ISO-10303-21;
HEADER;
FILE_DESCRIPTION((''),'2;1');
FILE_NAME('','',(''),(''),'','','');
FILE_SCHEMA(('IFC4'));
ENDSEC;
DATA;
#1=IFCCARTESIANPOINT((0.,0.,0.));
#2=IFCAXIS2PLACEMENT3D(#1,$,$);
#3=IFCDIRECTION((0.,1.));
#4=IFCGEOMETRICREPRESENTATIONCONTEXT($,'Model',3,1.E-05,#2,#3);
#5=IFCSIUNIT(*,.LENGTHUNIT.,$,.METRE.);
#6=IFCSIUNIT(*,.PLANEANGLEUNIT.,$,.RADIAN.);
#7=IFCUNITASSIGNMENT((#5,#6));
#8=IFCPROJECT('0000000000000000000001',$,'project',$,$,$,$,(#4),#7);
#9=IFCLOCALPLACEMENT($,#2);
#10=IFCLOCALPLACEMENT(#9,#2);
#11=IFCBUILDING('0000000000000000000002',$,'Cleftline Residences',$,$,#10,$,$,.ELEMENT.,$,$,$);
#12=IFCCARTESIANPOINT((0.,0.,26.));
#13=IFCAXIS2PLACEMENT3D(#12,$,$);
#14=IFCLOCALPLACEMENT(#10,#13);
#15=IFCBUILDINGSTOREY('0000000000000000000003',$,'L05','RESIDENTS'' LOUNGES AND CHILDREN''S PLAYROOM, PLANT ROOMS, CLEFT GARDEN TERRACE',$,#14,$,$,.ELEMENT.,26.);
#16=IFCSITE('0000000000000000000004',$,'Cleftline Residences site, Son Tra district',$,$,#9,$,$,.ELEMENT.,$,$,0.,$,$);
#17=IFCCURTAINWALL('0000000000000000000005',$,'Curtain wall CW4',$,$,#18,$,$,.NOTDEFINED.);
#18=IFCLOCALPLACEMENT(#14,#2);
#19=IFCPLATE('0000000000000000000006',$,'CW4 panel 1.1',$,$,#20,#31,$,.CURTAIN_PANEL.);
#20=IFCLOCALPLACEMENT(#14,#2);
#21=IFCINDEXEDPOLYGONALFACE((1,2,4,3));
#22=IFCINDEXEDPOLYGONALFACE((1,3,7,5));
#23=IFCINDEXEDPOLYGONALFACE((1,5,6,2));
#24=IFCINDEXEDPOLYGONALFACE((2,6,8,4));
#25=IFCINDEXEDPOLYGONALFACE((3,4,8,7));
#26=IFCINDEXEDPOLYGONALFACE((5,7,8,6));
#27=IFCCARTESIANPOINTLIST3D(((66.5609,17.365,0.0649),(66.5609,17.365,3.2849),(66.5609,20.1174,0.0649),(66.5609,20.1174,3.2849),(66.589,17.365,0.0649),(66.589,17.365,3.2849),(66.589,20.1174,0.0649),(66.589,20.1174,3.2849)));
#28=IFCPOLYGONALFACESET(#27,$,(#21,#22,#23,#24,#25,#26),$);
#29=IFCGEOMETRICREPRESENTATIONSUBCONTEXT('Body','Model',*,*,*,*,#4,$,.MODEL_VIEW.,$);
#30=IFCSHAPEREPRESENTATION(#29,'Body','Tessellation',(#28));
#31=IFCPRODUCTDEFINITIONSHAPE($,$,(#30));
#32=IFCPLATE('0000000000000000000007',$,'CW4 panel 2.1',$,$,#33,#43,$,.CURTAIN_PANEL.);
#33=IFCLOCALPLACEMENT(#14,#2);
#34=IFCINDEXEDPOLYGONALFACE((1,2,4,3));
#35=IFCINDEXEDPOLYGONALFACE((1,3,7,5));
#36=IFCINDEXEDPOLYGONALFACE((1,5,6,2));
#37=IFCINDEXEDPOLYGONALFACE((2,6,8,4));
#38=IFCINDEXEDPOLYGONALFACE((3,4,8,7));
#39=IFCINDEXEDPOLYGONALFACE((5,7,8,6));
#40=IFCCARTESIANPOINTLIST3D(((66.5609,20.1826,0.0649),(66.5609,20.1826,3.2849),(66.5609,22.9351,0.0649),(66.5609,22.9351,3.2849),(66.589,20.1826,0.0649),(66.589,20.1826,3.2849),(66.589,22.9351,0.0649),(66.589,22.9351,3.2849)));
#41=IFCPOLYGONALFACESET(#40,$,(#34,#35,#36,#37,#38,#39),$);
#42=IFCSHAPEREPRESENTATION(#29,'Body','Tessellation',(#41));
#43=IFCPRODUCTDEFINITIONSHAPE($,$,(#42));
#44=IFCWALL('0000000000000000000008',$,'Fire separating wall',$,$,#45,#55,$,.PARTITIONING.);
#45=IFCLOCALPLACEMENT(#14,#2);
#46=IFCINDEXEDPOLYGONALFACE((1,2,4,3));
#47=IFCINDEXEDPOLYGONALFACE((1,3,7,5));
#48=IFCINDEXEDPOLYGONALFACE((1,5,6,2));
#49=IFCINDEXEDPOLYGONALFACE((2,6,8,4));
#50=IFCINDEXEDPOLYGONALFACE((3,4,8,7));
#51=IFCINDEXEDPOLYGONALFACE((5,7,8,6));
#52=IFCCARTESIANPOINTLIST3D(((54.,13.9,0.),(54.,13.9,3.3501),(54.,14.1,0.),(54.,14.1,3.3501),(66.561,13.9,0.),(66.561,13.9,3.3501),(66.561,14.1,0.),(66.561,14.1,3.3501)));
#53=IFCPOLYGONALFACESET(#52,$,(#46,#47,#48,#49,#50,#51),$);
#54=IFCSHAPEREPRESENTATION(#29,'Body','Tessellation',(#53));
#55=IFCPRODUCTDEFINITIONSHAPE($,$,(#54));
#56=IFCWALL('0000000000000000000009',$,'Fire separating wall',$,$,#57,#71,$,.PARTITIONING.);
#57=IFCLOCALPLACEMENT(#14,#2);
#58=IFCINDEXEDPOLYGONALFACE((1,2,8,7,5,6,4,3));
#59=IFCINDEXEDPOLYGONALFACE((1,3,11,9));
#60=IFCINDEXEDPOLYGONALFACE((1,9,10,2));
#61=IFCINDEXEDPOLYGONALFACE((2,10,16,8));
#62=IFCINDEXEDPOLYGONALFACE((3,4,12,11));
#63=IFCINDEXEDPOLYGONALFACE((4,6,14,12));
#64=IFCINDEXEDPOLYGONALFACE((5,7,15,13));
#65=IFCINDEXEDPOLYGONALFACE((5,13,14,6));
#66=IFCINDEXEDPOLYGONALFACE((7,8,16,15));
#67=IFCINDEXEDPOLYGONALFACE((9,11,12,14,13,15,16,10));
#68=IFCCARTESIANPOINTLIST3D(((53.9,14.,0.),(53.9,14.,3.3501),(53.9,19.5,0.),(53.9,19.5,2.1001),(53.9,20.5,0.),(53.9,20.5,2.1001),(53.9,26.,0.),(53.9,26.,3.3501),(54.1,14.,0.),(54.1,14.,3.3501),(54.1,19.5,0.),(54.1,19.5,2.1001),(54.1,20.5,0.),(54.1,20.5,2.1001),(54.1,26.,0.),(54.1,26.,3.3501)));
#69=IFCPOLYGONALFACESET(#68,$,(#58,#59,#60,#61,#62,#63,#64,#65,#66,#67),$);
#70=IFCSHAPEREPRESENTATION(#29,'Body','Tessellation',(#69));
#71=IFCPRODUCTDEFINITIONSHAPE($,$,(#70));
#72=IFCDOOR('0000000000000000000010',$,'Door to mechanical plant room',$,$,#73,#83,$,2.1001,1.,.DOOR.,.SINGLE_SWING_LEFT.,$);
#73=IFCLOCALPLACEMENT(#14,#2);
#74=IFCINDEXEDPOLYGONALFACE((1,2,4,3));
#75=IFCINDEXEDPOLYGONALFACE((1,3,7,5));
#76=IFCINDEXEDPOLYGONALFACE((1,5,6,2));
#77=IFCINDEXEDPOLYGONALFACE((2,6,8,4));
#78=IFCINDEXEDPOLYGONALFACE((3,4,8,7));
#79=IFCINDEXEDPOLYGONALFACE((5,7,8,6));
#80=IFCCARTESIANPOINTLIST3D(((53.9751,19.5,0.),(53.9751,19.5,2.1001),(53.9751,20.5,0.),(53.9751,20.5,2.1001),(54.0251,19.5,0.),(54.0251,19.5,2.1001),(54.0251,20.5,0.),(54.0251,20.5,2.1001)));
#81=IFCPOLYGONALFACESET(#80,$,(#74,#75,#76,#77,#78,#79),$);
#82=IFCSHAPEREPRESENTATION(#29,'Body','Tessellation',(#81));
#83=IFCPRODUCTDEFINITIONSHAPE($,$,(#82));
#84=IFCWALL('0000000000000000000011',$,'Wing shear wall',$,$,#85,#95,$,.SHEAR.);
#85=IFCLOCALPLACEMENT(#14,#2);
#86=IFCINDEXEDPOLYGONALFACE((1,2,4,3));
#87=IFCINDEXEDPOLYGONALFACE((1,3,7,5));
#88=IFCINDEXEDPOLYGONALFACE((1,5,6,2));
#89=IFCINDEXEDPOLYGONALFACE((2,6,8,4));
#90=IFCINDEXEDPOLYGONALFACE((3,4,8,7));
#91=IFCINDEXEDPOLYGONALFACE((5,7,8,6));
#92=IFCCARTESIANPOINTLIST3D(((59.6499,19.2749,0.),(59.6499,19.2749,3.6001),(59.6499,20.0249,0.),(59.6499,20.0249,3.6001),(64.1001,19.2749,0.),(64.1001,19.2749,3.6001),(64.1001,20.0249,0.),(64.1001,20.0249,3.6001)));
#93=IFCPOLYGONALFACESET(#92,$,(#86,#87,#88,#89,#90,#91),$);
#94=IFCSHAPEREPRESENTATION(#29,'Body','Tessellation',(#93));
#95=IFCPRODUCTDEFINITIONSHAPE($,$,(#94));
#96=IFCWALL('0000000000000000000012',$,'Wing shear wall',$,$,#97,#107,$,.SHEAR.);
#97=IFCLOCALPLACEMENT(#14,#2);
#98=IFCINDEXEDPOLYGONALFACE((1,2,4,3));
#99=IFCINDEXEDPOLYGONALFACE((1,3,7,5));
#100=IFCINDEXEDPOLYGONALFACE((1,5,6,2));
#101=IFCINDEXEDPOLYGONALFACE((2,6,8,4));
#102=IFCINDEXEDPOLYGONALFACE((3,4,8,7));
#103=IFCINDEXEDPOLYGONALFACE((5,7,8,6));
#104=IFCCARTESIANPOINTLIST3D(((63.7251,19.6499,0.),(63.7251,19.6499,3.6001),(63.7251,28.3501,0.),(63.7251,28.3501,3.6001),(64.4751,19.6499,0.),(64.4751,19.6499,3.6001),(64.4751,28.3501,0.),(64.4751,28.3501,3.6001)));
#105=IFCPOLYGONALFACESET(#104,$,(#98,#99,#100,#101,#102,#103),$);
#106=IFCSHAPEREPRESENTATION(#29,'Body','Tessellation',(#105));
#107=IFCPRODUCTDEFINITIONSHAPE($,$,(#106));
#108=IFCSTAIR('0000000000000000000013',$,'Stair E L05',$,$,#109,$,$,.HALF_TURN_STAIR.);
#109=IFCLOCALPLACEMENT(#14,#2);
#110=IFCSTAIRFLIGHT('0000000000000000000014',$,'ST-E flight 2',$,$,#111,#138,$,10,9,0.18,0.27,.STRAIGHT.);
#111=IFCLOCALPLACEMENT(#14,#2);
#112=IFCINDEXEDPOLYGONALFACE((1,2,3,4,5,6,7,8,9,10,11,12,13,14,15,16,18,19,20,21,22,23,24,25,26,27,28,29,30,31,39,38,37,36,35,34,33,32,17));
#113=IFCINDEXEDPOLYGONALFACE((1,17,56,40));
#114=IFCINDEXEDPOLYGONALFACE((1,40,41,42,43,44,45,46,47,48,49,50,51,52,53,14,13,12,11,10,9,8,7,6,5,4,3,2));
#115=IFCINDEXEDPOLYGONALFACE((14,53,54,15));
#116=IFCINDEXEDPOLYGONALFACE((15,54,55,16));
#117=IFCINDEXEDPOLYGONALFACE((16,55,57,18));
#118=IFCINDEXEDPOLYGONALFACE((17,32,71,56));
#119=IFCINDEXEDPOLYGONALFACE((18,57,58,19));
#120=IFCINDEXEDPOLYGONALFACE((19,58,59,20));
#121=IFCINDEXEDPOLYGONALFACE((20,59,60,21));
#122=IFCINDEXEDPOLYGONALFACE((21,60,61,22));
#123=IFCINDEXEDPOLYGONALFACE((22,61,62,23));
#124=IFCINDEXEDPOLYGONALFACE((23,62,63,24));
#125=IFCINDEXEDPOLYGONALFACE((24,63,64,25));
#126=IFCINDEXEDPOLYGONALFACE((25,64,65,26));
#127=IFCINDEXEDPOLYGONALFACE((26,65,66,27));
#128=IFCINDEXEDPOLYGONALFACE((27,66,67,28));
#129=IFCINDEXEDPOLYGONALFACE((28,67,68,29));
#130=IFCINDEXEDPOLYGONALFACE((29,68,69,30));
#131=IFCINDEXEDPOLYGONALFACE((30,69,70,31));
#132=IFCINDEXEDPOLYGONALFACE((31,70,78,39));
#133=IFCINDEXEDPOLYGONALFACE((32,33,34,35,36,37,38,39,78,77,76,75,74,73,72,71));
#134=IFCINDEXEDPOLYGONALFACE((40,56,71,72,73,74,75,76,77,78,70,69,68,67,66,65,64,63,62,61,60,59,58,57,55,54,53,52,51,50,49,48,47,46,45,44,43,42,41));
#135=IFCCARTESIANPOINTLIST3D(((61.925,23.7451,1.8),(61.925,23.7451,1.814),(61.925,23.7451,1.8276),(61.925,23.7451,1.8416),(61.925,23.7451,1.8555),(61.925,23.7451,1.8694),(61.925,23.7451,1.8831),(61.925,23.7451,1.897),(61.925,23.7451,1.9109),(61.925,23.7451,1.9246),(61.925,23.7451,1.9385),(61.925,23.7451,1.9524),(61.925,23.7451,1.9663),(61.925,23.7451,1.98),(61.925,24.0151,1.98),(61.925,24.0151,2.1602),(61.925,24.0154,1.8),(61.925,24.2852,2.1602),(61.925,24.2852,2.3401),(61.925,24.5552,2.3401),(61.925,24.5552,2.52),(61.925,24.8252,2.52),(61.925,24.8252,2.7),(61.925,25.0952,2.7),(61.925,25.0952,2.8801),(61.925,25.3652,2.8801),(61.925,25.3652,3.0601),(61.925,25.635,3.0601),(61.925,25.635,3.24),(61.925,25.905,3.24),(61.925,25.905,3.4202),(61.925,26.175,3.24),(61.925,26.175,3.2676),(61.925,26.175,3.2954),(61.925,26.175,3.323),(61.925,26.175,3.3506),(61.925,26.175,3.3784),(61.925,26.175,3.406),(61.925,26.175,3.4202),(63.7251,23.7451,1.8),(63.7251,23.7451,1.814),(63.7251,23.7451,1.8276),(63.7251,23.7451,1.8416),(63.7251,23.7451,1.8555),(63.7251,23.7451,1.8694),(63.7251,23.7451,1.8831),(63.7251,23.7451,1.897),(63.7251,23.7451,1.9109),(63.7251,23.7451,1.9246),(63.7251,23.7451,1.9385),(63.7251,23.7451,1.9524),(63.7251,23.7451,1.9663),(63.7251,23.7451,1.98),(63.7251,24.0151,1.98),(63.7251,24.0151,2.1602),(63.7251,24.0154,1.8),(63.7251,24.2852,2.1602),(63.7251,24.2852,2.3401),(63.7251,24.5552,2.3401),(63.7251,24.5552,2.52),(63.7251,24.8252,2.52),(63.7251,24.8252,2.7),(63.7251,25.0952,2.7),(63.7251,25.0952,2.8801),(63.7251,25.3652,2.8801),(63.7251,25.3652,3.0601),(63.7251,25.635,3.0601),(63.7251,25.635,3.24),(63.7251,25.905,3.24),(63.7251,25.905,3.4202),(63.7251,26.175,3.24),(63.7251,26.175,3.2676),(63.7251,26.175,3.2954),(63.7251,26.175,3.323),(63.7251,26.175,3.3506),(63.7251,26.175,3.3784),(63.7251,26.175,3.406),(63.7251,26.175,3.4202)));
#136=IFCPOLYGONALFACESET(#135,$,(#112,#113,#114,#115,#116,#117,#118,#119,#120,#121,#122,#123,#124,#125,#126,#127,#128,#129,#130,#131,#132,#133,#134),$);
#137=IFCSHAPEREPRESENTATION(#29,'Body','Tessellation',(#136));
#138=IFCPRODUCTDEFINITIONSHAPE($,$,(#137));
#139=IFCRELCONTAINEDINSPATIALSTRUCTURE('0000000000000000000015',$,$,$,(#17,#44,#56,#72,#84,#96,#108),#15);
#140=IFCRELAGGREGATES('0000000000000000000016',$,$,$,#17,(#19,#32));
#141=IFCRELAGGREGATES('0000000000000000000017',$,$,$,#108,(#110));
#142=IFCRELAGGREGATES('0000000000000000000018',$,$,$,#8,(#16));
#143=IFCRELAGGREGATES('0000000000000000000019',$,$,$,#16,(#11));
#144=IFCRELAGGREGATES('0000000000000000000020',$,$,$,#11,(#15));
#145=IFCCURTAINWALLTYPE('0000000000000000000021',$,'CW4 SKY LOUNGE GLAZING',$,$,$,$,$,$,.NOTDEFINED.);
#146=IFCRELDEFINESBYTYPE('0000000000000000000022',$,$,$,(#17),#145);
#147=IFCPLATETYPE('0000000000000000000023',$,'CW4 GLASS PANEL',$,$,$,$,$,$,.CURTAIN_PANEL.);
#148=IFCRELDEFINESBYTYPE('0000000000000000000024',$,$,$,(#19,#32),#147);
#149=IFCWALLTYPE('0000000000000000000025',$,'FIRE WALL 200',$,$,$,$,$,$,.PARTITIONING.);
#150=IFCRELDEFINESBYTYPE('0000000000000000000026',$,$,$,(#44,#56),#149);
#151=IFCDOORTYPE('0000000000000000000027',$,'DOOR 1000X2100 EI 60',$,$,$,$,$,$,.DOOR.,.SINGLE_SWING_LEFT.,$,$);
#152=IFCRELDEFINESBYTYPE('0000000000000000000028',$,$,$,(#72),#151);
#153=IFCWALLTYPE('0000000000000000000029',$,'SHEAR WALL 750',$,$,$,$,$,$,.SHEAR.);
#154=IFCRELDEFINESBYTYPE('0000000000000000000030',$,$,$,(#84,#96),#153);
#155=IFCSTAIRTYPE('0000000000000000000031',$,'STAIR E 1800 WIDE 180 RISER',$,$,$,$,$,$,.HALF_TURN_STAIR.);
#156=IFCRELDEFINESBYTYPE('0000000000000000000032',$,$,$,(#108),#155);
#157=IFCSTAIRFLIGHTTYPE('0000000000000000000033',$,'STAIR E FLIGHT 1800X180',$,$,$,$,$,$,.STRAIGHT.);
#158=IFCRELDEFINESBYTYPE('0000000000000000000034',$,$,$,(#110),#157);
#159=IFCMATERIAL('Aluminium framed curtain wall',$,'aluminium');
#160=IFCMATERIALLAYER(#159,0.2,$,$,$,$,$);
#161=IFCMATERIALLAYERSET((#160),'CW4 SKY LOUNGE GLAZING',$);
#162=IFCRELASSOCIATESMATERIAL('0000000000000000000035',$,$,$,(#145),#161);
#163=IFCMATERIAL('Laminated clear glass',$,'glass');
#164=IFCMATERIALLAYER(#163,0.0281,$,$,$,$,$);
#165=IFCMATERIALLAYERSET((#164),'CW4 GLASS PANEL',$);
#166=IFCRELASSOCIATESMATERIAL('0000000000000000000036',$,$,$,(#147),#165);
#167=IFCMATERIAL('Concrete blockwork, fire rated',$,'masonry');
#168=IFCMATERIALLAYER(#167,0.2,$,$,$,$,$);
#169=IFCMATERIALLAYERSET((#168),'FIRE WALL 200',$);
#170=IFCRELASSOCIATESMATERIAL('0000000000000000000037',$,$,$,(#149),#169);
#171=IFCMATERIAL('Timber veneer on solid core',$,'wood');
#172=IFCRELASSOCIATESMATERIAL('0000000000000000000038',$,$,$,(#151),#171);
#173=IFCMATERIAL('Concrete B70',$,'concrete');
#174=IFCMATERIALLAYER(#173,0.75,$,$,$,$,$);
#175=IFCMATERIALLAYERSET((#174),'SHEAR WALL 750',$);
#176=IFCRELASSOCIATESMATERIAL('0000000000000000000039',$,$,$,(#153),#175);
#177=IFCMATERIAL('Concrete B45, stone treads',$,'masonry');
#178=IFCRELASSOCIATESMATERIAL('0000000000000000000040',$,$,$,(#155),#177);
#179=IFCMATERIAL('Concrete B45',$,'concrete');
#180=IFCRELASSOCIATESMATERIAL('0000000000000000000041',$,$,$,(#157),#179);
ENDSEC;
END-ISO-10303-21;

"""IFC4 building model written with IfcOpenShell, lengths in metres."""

from ifc_helpers import new_model, si_unit, direction, frame, frame_2d, origin, origin_2d, place, context, subcontext, project, spatial, polyline, rectangle, outline, extrude, material, layer, layer_set, type_object, element, fill, aggregate, save


model = new_model("IFC4")

# Units and contexts
model_context = context("Model", 3, precision=1e-05, world=origin(), true_north=direction((0.0, 1.0)))
body_context = subcontext(model_context, "Body", "Model", "MODEL_VIEW")
ifc_project = project(units=[si_unit("LENGTHUNIT", "METRE"), si_unit("PLANEANGLEUNIT", "RADIAN")], contexts=[model_context])

# Site, building, storey
site_placement = place(None, origin())
site = spatial("IfcSite", under=ifc_project, at=site_placement, Name="Cleftline Residences site, Son Tra district", CompositionType="ELEMENT", RefElevation=0.0)
building_placement = place(site_placement, origin())
building = spatial("IfcBuilding", under=site, at=building_placement, Name="Cleftline Residences", CompositionType="ELEMENT")
storey_placement = place(building_placement, frame((0.0, 0.0, 26.0)))
storey = spatial("IfcBuildingStorey", under=building, at=storey_placement, Name="L05", Description="RESIDENTS' LOUNGES AND CHILDREN'S PLAYROOM, PLANT ROOMS, CLEFT GARDEN TERRACE", CompositionType="ELEMENT", Elevation=26.0)

# Shared definitions
ifc_material_1 = material(Name="Aluminium framed curtain wall", Category="aluminium")
ifc_layer_1 = layer(ifc_material_1, 0.2)
ifc_layer_set_1 = layer_set([ifc_layer_1], Name="CW4 SKY LOUNGE GLAZING")
curtain_wall_type = type_object("IfcCurtainWallType", Name="CW4 SKY LOUNGE GLAZING", PredefinedType="NOTDEFINED", material=ifc_layer_set_1)

# Curtain wall
curtain_wall_1_placement = place(storey_placement, origin())
curtain_wall_1 = element("IfcCurtainWall", 1, at=curtain_wall_1_placement, inside=storey, type_object=curtain_wall_type, Name="Curtain wall CW4", PredefinedType="NOTDEFINED")

# Plates
ifc_material_2 = material(Name="Laminated clear glass", Category="glass")
ifc_layer_2 = layer(ifc_material_2, 0.0281)
ifc_layer_set_2 = layer_set([ifc_layer_2], Name="CW4 GLASS PANEL")
plate_type = type_object("IfcPlateType", Name="CW4 GLASS PANEL", PredefinedType="CURTAIN_PANEL", material=ifc_layer_set_2)
plate_1_placement = place(storey_placement, frame((66.575, 18.7412, 0.0649), z_axis=(0.0, 0.0, 1.0), x_axis=(0.0, 1.0, 0.0)))
plate_1 = element("IfcPlate", 2, at=plate_1_placement, type_object=plate_type, Name="CW4 panel 1.1", PredefinedType="CURTAIN_PANEL", context=body_context, shape_type="SweptSolid", body=[
    extrude(rectangle(XDim=2.7524, YDim=0.0281, at=origin_2d()), origin(), (0.0, 0.0, 1.0), 3.22),
])
plate_2_placement = place(storey_placement, frame((66.575, 21.5588, 0.0649), z_axis=(0.0, 0.0, 1.0), x_axis=(0.0, 1.0, 0.0)))
plate_2 = element("IfcPlate", 3, at=plate_2_placement, type_object=plate_type, Name="CW4 panel 2.1", PredefinedType="CURTAIN_PANEL", context=body_context, shape_type="SweptSolid", body=[
    extrude(rectangle(XDim=2.7524, YDim=0.0281, at=origin_2d()), origin(), (0.0, 0.0, 1.0), 3.22),
])
aggregate(curtain_wall_1, [plate_1, plate_2])

# Wall
ifc_material_3 = material(Name="Concrete blockwork, fire rated", Category="masonry")
ifc_layer_3 = layer(ifc_material_3, 0.2)
ifc_layer_set_3 = layer_set([ifc_layer_3], Name="FIRE WALL 200")
wall_type_1 = type_object("IfcWallType", Name="FIRE WALL 200", PredefinedType="PARTITIONING", material=ifc_layer_set_3)
wall_1_placement = place(storey_placement, frame((54.0, 14.0, 0.0), z_axis=(0.0, 0.0, 1.0), x_axis=(1.0, 0.0, 0.0)))
element("IfcWall", 4, at=wall_1_placement, inside=storey, type_object=wall_type_1, Name="Fire separating wall", PredefinedType="PARTITIONING", context=body_context, shape_type="SweptSolid", body=[
    extrude(rectangle(XDim=12.561, YDim=0.2, at=frame_2d((6.2805, 0.0))), origin(), (0.0, 0.0, 1.0), 3.3501),
])

# Wall, opening, door
wall_2_placement = place(storey_placement, frame((54.0, 14.0, 0.0), z_axis=(0.0, 0.0, 1.0), x_axis=(0.0, 1.0, 0.0)))
wall_2 = element("IfcWall", 5, at=wall_2_placement, inside=storey, type_object=wall_type_1, Name="Fire separating wall", PredefinedType="PARTITIONING", context=body_context, shape_type="SweptSolid", body=[
    extrude(rectangle(XDim=12.0, YDim=0.2, at=frame_2d((6.0, 0.0))), origin(), (0.0, 0.0, 1.0), 3.3501),
])
opening_placement = place(wall_2_placement, frame((5.5, 0.0, 0.0)))
opening = element("IfcOpeningElement", 6, at=opening_placement, cuts=wall_2, PredefinedType="OPENING", context=body_context, shape_type="SweptSolid", body=[
    extrude(rectangle(XDim=1.0, YDim=2.1001, at=frame_2d((0.5, 1.05))), frame((0.0, 0.1099, 0.0), z_axis=(0.0, -1.0, 0.0), x_axis=(1.0, 0.0, 0.0)), (0.0, 0.0, 1.0), 0.22),
])
ifc_material_4 = material(Name="Timber veneer on solid core", Category="wood")
door_type = type_object("IfcDoorType", Name="DOOR 1000X2100 EI 60", OperationType="SINGLE_SWING_LEFT", PredefinedType="DOOR", material=ifc_material_4)
door_placement = place(opening_placement, origin())
door = element("IfcDoor", 7, at=door_placement, inside=storey, type_object=door_type, Name="Door to mechanical plant room", OperationType="SINGLE_SWING_LEFT", OverallHeight=2.1001, OverallWidth=1.0, PredefinedType="DOOR", context=body_context, shape_type="SweptSolid", body=[
    extrude(rectangle(XDim=1.0, YDim=2.1001, at=frame_2d((0.5, 1.05))), frame((0.0, 0.0249, 0.0), z_axis=(0.0, -1.0, 0.0), x_axis=(1.0, 0.0, 0.0)), (0.0, 0.0, 1.0), 0.05),
])
fill(opening, door)

# Walls
ifc_material_5 = material(Name="Concrete B70", Category="concrete")
ifc_layer_4 = layer(ifc_material_5, 0.75)
ifc_layer_set_4 = layer_set([ifc_layer_4], Name="SHEAR WALL 750")
wall_type_2 = type_object("IfcWallType", Name="SHEAR WALL 750", PredefinedType="SHEAR", material=ifc_layer_set_4)
wall_3_placement = place(storey_placement, frame((59.6499, 19.6499, 0.0), z_axis=(0.0, 0.0, 1.0), x_axis=(1.0, 0.0, 0.0)))
element("IfcWall", 8, at=wall_3_placement, inside=storey, type_object=wall_type_2, Name="Wing shear wall", PredefinedType="SHEAR", context=body_context, shape_type="SweptSolid", body=[
    extrude(rectangle(XDim=4.4502, YDim=0.75, at=frame_2d((2.2251, 0.0))), origin(), (0.0, 0.0, 1.0), 3.6001),
])
wall_4_placement = place(storey_placement, frame((64.1001, 19.6499, 0.0), z_axis=(0.0, 0.0, 1.0), x_axis=(0.0, 1.0, 0.0)))
element("IfcWall", 9, at=wall_4_placement, inside=storey, type_object=wall_type_2, Name="Wing shear wall", PredefinedType="SHEAR", context=body_context, shape_type="SweptSolid", body=[
    extrude(rectangle(XDim=8.7002, YDim=0.75, at=frame_2d((4.3501, 0.0))), origin(), (0.0, 0.0, 1.0), 3.6001),
])

# Stair, stair flight
ifc_material_6 = material(Name="Concrete B45, stone treads", Category="masonry")
stair_type = type_object("IfcStairType", Name="STAIR E 1800 WIDE 180 RISER", PredefinedType="HALF_TURN_STAIR", material=ifc_material_6)
stair_placement = place(storey_placement, origin())
stair = element("IfcStair", 10, at=stair_placement, inside=storey, type_object=stair_type, Name="Stair E L05", PredefinedType="HALF_TURN_STAIR")
ifc_material_7 = material(Name="Concrete B45", Category="concrete")
stair_flight_type = type_object("IfcStairFlightType", Name="STAIR E FLIGHT 1800X180", PredefinedType="STRAIGHT", material=ifc_material_7)
stair_flight_placement = place(storey_placement, frame((62.825, 23.7451, 1.8), z_axis=(0.0, 0.0, 1.0), x_axis=(0.0, 1.0, 0.0)))
stair_flight = element("IfcStairFlight", 11, at=stair_flight_placement, type_object=stair_flight_type, Name="ST-E flight 2", NumberOfRisers=10, NumberOfTreads=9, PredefinedType="STRAIGHT", RiserHeight=0.18, TreadLength=0.27, context=body_context, shape_type="SweptSolid", body=[
    extrude(outline(polyline([(0.0, 0.0), (0.0, 0.0139), (0.0, 0.0276), (0.0, 0.0415), (0.0, 0.0554), (0.0, 0.0693), (0.0, 0.083), (0.0, 0.0969), (0.0, 0.1108), (0.0, 0.1245), (0.0, 0.1384), (0.0, 0.1523), (0.0, 0.1663), (0.0, 0.1799), (0.27, 0.1799), (0.27, 0.3601), (0.54, 0.3601), (0.54, 0.54), (0.8101, 0.54), (0.8101, 0.72), (1.0801, 0.72), (1.0801, 0.8999), (1.3501, 0.8999), (1.3501, 1.0801), (1.6201, 1.0801), (1.6201, 1.26), (1.8899, 1.26), (1.8899, 1.4399), (2.1599, 1.4399), (2.1599, 1.6201), (2.4299, 1.6201), (2.4299, 1.8), (2.4299, 1.7722), (2.4299, 1.7446), (2.4299, 1.7168), (2.4299, 1.6892), (2.4299, 1.6614), (2.4299, 1.6338), (2.4299, 1.606), (2.4299, 1.5784), (2.4299, 1.5505), (2.4299, 1.5229), (2.4299, 1.4954), (2.4299, 1.4675), (2.4299, 1.4399), (0.2703, 0.0), (0.0, 0.0)])), frame((0.0, 0.8999, 0.0), z_axis=(0.0, -1.0, 0.0), x_axis=(1.0, 0.0, 0.0)), (0.0, 0.0, 1.0), 1.8),
])
aggregate(stair, [stair_flight])

save(model, "model.ifc")
